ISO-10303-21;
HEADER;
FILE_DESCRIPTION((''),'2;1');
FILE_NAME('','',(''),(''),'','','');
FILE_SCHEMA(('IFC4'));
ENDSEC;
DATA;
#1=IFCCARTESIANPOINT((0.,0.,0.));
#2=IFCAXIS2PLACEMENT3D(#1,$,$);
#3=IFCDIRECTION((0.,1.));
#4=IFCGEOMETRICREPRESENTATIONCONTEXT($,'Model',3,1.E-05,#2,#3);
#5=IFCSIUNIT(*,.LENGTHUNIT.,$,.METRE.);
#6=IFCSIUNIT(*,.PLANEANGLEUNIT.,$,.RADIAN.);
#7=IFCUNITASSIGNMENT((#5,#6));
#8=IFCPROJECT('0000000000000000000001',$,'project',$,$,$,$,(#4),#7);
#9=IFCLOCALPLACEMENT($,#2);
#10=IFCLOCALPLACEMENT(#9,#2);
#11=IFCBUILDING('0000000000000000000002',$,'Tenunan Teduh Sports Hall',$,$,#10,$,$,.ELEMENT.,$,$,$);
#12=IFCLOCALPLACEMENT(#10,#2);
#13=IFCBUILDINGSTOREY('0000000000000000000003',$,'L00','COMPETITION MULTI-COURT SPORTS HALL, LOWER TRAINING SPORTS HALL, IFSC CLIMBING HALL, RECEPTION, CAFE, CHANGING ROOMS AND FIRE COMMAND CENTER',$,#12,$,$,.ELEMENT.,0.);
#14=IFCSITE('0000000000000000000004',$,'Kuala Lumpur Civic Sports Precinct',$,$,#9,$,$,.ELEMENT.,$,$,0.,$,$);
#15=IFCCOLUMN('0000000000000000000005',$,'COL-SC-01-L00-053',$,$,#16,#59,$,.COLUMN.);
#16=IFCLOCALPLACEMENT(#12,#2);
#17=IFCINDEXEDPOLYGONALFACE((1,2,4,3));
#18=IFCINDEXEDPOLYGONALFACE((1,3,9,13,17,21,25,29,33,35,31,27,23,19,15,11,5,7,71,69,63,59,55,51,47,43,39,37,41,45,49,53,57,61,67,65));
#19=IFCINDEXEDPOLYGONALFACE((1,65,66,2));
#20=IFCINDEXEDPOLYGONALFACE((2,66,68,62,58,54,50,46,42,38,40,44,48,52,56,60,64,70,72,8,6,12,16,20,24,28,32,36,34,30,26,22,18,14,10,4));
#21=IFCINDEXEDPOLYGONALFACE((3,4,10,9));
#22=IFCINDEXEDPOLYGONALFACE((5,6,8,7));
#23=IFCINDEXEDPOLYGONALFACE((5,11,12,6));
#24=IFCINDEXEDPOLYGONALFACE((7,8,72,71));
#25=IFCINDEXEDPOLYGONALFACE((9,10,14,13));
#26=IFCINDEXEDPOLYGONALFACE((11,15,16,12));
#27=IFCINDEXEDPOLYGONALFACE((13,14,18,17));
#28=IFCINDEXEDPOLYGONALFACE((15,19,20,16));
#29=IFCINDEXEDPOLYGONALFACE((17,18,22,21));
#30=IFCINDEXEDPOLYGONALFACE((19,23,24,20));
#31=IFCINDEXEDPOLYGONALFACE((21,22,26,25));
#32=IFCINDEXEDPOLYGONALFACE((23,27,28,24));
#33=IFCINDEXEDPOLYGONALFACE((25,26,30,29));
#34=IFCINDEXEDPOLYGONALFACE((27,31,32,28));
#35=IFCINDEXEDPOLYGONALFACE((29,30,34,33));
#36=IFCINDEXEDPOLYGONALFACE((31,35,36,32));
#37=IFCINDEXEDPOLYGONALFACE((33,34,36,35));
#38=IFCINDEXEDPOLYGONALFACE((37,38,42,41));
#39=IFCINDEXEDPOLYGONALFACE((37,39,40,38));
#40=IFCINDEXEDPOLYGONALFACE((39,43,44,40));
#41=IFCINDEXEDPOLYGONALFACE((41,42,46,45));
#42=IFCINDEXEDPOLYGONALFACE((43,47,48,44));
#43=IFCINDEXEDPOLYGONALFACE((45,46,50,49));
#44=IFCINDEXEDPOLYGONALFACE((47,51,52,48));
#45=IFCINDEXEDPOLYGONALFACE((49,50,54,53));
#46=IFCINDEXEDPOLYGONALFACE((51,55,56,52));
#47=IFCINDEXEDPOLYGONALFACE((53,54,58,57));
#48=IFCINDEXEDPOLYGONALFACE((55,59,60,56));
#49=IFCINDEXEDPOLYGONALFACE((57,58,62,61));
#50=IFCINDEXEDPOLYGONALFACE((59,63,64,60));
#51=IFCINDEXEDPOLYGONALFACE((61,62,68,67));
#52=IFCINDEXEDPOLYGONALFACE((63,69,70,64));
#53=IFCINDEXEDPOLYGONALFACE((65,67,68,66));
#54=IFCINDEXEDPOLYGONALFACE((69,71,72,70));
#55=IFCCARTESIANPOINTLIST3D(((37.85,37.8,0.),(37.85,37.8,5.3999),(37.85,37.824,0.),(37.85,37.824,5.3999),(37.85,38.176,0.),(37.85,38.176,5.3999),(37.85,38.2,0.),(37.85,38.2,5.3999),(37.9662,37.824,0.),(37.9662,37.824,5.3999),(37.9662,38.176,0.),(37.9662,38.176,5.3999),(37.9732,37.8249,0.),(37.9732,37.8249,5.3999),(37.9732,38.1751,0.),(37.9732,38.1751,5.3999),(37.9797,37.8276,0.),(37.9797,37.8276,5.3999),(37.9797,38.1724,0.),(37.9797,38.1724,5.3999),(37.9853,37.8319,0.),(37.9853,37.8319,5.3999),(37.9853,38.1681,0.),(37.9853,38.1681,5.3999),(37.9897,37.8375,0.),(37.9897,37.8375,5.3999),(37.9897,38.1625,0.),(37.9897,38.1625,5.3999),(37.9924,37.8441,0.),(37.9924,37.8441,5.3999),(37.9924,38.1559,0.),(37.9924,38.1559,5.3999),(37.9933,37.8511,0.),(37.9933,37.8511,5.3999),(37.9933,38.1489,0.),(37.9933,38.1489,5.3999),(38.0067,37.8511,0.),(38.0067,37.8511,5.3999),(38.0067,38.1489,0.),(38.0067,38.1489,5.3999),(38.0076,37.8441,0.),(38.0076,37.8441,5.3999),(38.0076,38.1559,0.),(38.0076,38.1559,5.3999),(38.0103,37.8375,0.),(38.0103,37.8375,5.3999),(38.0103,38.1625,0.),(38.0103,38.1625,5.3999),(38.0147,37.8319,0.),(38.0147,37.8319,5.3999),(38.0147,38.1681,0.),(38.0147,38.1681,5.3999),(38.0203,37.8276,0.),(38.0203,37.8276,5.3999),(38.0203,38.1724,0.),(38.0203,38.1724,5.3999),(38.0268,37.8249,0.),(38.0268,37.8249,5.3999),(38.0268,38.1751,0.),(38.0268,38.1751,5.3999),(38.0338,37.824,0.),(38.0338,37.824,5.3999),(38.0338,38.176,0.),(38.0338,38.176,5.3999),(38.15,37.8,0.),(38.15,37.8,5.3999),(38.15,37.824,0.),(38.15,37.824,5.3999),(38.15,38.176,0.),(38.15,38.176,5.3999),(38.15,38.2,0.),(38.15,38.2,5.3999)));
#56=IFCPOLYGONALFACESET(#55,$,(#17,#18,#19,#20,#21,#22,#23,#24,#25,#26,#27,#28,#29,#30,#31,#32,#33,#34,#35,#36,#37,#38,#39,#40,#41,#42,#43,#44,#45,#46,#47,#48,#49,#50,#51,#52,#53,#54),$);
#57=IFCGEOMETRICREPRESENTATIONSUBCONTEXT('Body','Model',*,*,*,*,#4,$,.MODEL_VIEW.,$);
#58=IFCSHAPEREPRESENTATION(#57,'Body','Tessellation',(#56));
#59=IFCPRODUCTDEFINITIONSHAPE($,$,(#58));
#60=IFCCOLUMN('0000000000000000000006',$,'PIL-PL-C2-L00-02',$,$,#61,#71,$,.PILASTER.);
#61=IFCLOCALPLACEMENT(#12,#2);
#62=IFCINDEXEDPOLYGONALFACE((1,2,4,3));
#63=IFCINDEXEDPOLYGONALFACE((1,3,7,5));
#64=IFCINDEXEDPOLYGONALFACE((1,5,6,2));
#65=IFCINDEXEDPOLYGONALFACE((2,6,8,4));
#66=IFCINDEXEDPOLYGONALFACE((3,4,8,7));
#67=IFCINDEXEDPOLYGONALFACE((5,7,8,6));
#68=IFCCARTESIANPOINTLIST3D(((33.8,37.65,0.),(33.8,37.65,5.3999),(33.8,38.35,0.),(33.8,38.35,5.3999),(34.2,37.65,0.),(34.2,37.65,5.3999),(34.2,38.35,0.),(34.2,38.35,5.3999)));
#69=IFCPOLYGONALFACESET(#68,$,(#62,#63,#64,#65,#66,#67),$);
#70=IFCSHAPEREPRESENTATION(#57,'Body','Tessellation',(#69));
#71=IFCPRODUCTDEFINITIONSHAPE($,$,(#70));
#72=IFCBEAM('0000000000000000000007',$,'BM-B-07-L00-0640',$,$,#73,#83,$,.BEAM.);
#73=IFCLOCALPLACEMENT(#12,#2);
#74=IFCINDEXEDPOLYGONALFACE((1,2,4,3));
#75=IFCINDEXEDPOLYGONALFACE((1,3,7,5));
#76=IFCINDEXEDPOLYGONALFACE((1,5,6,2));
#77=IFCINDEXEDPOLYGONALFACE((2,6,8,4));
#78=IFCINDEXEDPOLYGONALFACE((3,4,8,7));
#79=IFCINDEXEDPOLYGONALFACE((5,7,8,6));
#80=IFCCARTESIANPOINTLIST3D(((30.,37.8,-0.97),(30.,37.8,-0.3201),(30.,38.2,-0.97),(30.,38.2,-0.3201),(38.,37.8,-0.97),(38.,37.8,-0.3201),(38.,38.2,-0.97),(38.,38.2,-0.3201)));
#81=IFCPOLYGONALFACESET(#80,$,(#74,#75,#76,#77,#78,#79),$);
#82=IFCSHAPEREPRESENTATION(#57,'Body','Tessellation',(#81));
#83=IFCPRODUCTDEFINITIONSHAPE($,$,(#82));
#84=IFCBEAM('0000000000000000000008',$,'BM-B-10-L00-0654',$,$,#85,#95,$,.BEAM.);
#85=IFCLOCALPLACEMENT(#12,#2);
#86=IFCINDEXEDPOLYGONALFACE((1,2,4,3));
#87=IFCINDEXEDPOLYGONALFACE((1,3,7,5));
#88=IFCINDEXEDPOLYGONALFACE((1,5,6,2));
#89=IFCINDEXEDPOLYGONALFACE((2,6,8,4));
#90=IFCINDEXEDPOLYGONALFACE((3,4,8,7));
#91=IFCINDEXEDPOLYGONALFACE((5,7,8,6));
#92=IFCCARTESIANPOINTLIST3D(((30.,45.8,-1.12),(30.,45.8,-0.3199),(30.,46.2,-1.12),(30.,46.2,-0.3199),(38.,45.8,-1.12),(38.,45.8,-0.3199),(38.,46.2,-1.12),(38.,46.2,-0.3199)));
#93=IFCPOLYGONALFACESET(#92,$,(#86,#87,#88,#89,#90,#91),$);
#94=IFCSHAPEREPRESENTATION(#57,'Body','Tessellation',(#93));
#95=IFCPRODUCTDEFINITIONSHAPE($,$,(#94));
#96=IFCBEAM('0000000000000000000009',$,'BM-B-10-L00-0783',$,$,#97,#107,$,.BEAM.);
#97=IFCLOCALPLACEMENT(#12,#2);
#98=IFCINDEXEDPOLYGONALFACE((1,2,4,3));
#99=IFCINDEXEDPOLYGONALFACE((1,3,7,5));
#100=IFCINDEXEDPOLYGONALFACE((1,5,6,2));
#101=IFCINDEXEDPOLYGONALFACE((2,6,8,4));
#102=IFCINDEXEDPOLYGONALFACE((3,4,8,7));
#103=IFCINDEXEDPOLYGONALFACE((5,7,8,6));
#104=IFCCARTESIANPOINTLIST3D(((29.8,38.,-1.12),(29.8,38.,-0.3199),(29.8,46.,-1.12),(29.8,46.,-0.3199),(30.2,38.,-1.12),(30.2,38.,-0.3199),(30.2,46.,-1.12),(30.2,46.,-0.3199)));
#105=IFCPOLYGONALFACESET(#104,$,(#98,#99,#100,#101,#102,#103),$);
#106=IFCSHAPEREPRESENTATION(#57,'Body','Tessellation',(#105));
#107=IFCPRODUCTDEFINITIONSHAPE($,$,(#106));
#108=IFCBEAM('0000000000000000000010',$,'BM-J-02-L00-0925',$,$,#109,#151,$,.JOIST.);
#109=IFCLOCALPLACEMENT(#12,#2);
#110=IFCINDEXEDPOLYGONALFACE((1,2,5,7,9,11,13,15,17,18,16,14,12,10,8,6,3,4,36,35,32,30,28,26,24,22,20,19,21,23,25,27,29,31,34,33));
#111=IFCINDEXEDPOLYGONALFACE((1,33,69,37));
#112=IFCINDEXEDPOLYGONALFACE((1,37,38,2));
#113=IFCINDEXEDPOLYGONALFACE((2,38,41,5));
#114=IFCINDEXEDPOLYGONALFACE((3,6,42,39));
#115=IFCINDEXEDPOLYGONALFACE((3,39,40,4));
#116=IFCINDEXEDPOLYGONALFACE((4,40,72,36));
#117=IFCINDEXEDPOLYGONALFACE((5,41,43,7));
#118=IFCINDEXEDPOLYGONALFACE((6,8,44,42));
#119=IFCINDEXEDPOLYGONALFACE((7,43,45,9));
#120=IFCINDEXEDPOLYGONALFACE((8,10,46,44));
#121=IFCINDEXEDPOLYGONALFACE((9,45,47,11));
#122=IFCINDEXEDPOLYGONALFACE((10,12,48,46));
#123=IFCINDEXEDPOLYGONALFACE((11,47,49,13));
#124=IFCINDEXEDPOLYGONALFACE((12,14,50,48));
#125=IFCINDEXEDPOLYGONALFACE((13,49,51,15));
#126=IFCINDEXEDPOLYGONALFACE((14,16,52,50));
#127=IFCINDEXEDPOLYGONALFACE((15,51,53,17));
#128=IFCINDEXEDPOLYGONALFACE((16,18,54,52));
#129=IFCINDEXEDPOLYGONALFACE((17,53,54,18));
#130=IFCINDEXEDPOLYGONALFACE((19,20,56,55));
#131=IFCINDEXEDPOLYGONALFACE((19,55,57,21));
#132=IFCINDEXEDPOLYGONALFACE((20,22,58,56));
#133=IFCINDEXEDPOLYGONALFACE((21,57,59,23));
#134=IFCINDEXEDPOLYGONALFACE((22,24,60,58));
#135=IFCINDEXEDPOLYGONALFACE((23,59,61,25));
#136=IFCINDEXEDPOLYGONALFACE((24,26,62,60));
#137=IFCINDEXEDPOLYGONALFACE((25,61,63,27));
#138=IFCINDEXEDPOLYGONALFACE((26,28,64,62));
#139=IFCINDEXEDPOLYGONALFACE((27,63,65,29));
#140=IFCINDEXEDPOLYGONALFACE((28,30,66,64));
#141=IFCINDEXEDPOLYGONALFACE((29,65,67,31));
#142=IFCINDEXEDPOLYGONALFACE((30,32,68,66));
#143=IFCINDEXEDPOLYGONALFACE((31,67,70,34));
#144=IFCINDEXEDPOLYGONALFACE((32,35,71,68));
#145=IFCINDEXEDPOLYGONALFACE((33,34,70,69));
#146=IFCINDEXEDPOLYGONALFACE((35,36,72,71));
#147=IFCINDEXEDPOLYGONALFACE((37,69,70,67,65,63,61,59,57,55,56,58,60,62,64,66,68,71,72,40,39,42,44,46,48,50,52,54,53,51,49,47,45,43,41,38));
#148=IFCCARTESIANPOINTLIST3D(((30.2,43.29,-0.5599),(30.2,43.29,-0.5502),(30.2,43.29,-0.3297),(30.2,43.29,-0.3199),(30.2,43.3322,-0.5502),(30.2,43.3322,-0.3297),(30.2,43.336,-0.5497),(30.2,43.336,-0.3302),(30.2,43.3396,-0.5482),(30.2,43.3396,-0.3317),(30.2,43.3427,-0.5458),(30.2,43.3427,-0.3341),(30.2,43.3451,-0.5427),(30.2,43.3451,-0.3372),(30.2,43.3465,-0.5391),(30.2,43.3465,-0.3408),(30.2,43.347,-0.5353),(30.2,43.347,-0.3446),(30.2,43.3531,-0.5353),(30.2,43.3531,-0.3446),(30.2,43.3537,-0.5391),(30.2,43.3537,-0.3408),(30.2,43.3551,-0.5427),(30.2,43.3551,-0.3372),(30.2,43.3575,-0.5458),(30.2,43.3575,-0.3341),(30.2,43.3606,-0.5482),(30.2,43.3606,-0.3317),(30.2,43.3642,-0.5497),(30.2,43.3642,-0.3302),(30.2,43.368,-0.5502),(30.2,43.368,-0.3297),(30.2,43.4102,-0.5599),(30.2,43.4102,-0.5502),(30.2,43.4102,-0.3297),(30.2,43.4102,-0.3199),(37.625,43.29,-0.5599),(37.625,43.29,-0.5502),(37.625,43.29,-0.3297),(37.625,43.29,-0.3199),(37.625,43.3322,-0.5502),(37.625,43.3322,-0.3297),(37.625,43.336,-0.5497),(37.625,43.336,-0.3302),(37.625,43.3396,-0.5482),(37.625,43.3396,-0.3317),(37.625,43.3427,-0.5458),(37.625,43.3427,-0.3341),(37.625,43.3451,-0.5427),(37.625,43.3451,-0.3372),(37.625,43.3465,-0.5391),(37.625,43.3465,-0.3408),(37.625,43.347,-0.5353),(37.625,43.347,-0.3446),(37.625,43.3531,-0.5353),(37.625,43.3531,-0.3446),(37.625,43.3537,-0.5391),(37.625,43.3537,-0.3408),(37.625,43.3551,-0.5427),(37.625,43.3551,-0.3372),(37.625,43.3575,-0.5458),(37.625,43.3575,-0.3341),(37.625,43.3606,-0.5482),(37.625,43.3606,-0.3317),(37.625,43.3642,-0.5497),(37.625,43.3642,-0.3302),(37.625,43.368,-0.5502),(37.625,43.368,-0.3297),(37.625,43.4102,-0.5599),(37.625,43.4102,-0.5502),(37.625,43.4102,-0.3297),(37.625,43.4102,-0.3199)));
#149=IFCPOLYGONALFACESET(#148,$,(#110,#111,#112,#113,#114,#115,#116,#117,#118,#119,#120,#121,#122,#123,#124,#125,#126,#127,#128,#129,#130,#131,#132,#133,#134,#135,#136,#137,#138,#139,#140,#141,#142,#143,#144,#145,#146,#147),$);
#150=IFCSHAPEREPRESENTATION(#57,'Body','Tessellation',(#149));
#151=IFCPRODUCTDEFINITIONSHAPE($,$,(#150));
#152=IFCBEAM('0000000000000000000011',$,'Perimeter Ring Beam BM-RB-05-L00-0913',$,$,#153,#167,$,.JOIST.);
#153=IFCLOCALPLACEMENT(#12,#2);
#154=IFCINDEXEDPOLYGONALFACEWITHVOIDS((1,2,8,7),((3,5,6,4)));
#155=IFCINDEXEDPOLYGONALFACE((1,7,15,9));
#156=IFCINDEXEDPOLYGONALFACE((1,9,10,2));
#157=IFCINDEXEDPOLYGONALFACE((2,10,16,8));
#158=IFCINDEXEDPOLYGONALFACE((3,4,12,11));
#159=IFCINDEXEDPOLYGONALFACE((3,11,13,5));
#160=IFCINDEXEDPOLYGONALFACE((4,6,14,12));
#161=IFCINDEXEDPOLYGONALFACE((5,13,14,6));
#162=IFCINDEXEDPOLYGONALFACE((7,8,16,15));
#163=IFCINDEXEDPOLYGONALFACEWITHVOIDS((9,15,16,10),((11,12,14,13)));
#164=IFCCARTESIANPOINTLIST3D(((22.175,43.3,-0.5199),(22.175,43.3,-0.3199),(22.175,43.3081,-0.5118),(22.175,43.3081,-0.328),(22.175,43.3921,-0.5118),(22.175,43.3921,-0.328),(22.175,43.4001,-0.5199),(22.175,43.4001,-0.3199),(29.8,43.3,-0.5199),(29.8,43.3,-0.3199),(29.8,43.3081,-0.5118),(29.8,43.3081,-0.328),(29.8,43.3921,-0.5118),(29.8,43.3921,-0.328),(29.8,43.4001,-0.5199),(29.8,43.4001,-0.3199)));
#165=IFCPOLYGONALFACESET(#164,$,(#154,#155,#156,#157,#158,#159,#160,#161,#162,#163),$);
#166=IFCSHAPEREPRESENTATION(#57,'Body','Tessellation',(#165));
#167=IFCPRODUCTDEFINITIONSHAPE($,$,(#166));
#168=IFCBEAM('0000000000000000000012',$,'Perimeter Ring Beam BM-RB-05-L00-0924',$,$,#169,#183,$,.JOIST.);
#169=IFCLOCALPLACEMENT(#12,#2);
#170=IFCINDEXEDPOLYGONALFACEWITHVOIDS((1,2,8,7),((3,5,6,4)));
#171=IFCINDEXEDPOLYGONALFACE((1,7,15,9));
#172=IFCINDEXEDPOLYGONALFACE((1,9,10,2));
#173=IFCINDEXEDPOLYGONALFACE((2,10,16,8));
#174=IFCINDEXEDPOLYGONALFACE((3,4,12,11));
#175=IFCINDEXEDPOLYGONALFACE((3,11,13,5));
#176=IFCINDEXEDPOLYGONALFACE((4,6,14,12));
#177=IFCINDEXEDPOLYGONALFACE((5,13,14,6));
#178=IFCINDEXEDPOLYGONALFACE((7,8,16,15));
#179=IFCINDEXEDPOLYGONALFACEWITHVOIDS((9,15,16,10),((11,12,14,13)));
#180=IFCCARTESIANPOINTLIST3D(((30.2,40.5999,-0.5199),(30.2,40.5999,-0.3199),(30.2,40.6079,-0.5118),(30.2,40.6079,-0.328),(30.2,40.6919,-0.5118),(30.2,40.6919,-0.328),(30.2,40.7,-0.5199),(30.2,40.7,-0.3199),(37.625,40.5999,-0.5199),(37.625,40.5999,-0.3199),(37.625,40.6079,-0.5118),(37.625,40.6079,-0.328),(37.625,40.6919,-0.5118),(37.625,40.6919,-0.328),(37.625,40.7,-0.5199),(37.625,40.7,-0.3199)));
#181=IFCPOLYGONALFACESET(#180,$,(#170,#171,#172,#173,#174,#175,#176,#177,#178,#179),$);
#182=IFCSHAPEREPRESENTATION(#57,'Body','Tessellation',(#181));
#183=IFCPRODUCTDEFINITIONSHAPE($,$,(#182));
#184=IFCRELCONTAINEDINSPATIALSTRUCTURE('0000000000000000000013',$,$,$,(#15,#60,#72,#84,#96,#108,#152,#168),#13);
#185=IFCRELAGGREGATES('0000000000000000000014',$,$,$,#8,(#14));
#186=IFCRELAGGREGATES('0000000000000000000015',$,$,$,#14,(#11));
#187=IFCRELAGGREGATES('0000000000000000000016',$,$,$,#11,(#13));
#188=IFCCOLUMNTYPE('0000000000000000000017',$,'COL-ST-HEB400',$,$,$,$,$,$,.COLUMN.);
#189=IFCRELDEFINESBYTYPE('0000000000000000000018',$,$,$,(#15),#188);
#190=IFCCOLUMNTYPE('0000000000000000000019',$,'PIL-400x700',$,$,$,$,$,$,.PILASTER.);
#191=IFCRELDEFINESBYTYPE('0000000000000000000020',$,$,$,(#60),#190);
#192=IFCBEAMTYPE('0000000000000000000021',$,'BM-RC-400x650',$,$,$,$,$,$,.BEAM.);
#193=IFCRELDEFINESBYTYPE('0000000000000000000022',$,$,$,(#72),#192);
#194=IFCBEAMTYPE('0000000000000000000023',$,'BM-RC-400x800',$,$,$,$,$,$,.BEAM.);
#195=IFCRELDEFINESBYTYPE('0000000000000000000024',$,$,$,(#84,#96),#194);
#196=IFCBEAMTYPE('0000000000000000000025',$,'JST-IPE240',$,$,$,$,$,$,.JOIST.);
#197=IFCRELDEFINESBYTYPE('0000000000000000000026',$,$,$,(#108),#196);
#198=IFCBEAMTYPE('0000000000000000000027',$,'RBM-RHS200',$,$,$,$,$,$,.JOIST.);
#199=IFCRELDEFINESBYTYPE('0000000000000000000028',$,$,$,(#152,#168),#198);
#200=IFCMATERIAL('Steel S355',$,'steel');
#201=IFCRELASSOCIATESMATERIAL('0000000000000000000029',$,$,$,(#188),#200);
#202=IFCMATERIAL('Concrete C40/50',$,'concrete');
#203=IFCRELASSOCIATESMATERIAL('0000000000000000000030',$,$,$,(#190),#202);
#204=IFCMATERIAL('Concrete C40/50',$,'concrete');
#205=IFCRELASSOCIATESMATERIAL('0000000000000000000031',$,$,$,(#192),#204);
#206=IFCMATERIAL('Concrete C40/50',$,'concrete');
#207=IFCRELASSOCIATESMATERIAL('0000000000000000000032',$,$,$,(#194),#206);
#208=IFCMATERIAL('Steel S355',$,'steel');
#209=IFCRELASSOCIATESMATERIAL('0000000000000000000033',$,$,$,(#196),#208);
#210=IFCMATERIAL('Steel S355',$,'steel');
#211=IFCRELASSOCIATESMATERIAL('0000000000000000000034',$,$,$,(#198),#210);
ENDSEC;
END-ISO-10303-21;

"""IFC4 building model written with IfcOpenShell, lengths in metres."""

from ifc_helpers import new_model, si_unit, direction, frame, origin, origin_2d, place, context, subcontext, project, spatial, rectangle, hollow_rectangle, i_section, extrude, material, material_profile, profile_set, type_object, element, save


model = new_model("IFC4")

# Units and contexts
model_context = context("Model", 3, precision=1e-05, world=origin(), true_north=direction((0.0, 1.0)))
body_context = subcontext(model_context, "Body", "Model", "MODEL_VIEW")
ifc_project = project(units=[si_unit("LENGTHUNIT", "METRE"), si_unit("PLANEANGLEUNIT", "RADIAN")], contexts=[model_context])

# Site, building, storey
site_placement = place(None, origin())
site = spatial("IfcSite", under=ifc_project, at=site_placement, Name="Kuala Lumpur Civic Sports Precinct", CompositionType="ELEMENT", RefElevation=0.0)
building_placement = place(site_placement, origin())
building = spatial("IfcBuilding", under=site, at=building_placement, Name="Tenunan Teduh Sports Hall", CompositionType="ELEMENT")
storey_placement = place(building_placement, origin())
storey = spatial("IfcBuildingStorey", under=building, at=storey_placement, Name="L00", Description="COMPETITION MULTI-COURT SPORTS HALL, LOWER TRAINING SPORTS HALL, IFSC CLIMBING HALL, RECEPTION, CAFE, CHANGING ROOMS AND FIRE COMMAND CENTER", CompositionType="ELEMENT", Elevation=0.0)

# Columns
ifc_material_1 = material(Name="Steel S355", Category="steel")
ifc_material_profile_1 = material_profile(ifc_material_1, i_section(OverallWidth=0.3, OverallDepth=0.3999, WebThickness=0.0134, FlangeThickness=0.0239, FilletRadius=0.0271, at=origin_2d()), Name="HEB 400")
ifc_profile_set_1 = profile_set([ifc_material_profile_1], Name="Steel S355")
column_type_1 = type_object("IfcColumnType", Name="COL-ST-HEB400", PredefinedType="COLUMN", material=ifc_profile_set_1)
for number, where, z_axis, x_axis, name in (
    (1, (38.0, 38.0, 0.0), (0.0, 0.0, 1.0), (1.0, 0.0, 0.0), "COL-SC-01-L00-053"),
):
    element("IfcColumn", number, at=place(storey_placement, frame(where, z_axis=z_axis, x_axis=x_axis)), inside=storey, type_object=column_type_1, Name=name, PredefinedType="COLUMN", context=body_context, shape_type="SweptSolid", body=[
        extrude(i_section(OverallWidth=0.3, OverallDepth=0.3999, WebThickness=0.0134, FlangeThickness=0.0239, FilletRadius=0.0271, at=origin_2d()), origin(), (0.0, 0.0, 1.0), 5.3999),
    ])
ifc_material_2 = material(Name="Concrete C40/50", Category="concrete")
ifc_material_profile_2 = material_profile(ifc_material_2, rectangle(XDim=0.3999, YDim=0.7, at=origin_2d()), Name="PIL 400x700")
ifc_profile_set_2 = profile_set([ifc_material_profile_2], Name="Concrete C40/50")
column_type_2 = type_object("IfcColumnType", Name="PIL-400x700", PredefinedType="PILASTER", material=ifc_profile_set_2)
column_1_placement = place(storey_placement, frame((34.0, 38.0, 0.0), z_axis=(0.0, 0.0, 1.0), x_axis=(1.0, 0.0, 0.0)))
element("IfcColumn", 2, at=column_1_placement, inside=storey, type_object=column_type_2, Name="PIL-PL-C2-L00-02", PredefinedType="PILASTER", context=body_context, shape_type="SweptSolid", body=[
    extrude(rectangle(XDim=0.3999, YDim=0.7, at=origin_2d()), origin(), (0.0, 0.0, 1.0), 5.3999),
])

# Beams
ifc_material_3 = material(Name="Concrete C40/50", Category="concrete")
ifc_material_profile_3 = material_profile(ifc_material_3, rectangle(XDim=0.3999, YDim=0.6499, at=origin_2d()), Name="RCB 400x650")
ifc_profile_set_3 = profile_set([ifc_material_profile_3], Name="Concrete C40/50")
beam_type_1 = type_object("IfcBeamType", Name="BM-RC-400x650", PredefinedType="BEAM", material=ifc_profile_set_3)
beam_1_placement = place(storey_placement, frame((30.0, 38.0, -0.645), z_axis=(1.0, 0.0, 0.0), x_axis=(0.0, 1.0, 0.0)))
element("IfcBeam", 3, at=beam_1_placement, inside=storey, type_object=beam_type_1, Name="BM-B-07-L00-0640", PredefinedType="BEAM", context=body_context, shape_type="SweptSolid", body=[
    extrude(rectangle(XDim=0.3999, YDim=0.6499, at=origin_2d()), origin(), (0.0, 0.0, 1.0), 8.0),
])
ifc_material_4 = material(Name="Concrete C40/50", Category="concrete")
ifc_material_profile_4 = material_profile(ifc_material_4, rectangle(XDim=0.3999, YDim=0.8, at=origin_2d()), Name="RCB 400x800")
ifc_profile_set_4 = profile_set([ifc_material_profile_4], Name="Concrete C40/50")
beam_type_2 = type_object("IfcBeamType", Name="BM-RC-400x800", PredefinedType="BEAM", material=ifc_profile_set_4)
for number, where, z_axis, x_axis, name in (
    (4, (30.0, 46.0, -0.72), (1.0, 0.0, 0.0), (0.0, 1.0, 0.0), "BM-B-10-L00-0654"),
    (5, (30.0, 38.0, -0.72), (0.0, 1.0, 0.0), (-1.0, 0.0, 0.0), "BM-B-10-L00-0783"),
):
    element("IfcBeam", number, at=place(storey_placement, frame(where, z_axis=z_axis, x_axis=x_axis)), inside=storey, type_object=beam_type_2, Name=name, PredefinedType="BEAM", context=body_context, shape_type="SweptSolid", body=[
        extrude(rectangle(XDim=0.3999, YDim=0.8, at=origin_2d()), origin(), (0.0, 0.0, 1.0), 8.0),
    ])
ifc_material_5 = material(Name="Steel S355", Category="steel")
ifc_material_profile_5 = material_profile(ifc_material_5, i_section(OverallWidth=0.1201, OverallDepth=0.24, WebThickness=0.0061, FlangeThickness=0.0098, FilletRadius=0.0149, at=origin_2d()), Name="IPE 240")
ifc_profile_set_5 = profile_set([ifc_material_profile_5], Name="Steel S355")
beam_type_3 = type_object("IfcBeamType", Name="JST-IPE240", PredefinedType="JOIST", material=ifc_profile_set_5)
beam_2_placement = place(storey_placement, frame((30.2, 43.3501, -0.4399), z_axis=(1.0, 0.0, 0.0), x_axis=(0.0, 1.0, 0.0)))
element("IfcBeam", 6, at=beam_2_placement, inside=storey, type_object=beam_type_3, Name="BM-J-02-L00-0925", PredefinedType="JOIST", context=body_context, shape_type="SweptSolid", body=[
    extrude(i_section(OverallWidth=0.1201, OverallDepth=0.24, WebThickness=0.0061, FlangeThickness=0.0098, FilletRadius=0.0149, at=origin_2d()), origin(), (0.0, 0.0, 1.0), 7.425),
])
ifc_material_6 = material(Name="Steel S355", Category="steel")
ifc_material_profile_6 = material_profile(ifc_material_6, hollow_rectangle(XDim=0.1001, YDim=0.2, WallThickness=0.0081, at=origin_2d()), Name="RHS 200x100x8.0")
ifc_profile_set_6 = profile_set([ifc_material_profile_6], Name="Steel S355")
beam_type_4 = type_object("IfcBeamType", Name="RBM-RHS200", PredefinedType="JOIST", material=ifc_profile_set_6)
beam_3_placement = place(storey_placement, frame((22.175, 43.3501, -0.4199), z_axis=(1.0, 0.0, 0.0), x_axis=(0.0, 1.0, 0.0)))
element("IfcBeam", 7, at=beam_3_placement, inside=storey, type_object=beam_type_4, Name="Perimeter Ring Beam BM-RB-05-L00-0913", PredefinedType="JOIST", context=body_context, shape_type="SweptSolid", body=[
    extrude(hollow_rectangle(XDim=0.1001, YDim=0.2, WallThickness=0.0081, at=origin_2d()), origin(), (0.0, 0.0, 1.0), 7.625),
])
beam_4_placement = place(storey_placement, frame((30.2, 40.6499, -0.4199), z_axis=(1.0, 0.0, 0.0), x_axis=(0.0, 1.0, 0.0)))
element("IfcBeam", 8, at=beam_4_placement, inside=storey, type_object=beam_type_4, Name="Perimeter Ring Beam BM-RB-05-L00-0924", PredefinedType="JOIST", context=body_context, shape_type="SweptSolid", body=[
    extrude(hollow_rectangle(XDim=0.1001, YDim=0.2, WallThickness=0.0081, at=origin_2d()), origin(), (0.0, 0.0, 1.0), 7.425),
])

save(model, "model.ifc")
